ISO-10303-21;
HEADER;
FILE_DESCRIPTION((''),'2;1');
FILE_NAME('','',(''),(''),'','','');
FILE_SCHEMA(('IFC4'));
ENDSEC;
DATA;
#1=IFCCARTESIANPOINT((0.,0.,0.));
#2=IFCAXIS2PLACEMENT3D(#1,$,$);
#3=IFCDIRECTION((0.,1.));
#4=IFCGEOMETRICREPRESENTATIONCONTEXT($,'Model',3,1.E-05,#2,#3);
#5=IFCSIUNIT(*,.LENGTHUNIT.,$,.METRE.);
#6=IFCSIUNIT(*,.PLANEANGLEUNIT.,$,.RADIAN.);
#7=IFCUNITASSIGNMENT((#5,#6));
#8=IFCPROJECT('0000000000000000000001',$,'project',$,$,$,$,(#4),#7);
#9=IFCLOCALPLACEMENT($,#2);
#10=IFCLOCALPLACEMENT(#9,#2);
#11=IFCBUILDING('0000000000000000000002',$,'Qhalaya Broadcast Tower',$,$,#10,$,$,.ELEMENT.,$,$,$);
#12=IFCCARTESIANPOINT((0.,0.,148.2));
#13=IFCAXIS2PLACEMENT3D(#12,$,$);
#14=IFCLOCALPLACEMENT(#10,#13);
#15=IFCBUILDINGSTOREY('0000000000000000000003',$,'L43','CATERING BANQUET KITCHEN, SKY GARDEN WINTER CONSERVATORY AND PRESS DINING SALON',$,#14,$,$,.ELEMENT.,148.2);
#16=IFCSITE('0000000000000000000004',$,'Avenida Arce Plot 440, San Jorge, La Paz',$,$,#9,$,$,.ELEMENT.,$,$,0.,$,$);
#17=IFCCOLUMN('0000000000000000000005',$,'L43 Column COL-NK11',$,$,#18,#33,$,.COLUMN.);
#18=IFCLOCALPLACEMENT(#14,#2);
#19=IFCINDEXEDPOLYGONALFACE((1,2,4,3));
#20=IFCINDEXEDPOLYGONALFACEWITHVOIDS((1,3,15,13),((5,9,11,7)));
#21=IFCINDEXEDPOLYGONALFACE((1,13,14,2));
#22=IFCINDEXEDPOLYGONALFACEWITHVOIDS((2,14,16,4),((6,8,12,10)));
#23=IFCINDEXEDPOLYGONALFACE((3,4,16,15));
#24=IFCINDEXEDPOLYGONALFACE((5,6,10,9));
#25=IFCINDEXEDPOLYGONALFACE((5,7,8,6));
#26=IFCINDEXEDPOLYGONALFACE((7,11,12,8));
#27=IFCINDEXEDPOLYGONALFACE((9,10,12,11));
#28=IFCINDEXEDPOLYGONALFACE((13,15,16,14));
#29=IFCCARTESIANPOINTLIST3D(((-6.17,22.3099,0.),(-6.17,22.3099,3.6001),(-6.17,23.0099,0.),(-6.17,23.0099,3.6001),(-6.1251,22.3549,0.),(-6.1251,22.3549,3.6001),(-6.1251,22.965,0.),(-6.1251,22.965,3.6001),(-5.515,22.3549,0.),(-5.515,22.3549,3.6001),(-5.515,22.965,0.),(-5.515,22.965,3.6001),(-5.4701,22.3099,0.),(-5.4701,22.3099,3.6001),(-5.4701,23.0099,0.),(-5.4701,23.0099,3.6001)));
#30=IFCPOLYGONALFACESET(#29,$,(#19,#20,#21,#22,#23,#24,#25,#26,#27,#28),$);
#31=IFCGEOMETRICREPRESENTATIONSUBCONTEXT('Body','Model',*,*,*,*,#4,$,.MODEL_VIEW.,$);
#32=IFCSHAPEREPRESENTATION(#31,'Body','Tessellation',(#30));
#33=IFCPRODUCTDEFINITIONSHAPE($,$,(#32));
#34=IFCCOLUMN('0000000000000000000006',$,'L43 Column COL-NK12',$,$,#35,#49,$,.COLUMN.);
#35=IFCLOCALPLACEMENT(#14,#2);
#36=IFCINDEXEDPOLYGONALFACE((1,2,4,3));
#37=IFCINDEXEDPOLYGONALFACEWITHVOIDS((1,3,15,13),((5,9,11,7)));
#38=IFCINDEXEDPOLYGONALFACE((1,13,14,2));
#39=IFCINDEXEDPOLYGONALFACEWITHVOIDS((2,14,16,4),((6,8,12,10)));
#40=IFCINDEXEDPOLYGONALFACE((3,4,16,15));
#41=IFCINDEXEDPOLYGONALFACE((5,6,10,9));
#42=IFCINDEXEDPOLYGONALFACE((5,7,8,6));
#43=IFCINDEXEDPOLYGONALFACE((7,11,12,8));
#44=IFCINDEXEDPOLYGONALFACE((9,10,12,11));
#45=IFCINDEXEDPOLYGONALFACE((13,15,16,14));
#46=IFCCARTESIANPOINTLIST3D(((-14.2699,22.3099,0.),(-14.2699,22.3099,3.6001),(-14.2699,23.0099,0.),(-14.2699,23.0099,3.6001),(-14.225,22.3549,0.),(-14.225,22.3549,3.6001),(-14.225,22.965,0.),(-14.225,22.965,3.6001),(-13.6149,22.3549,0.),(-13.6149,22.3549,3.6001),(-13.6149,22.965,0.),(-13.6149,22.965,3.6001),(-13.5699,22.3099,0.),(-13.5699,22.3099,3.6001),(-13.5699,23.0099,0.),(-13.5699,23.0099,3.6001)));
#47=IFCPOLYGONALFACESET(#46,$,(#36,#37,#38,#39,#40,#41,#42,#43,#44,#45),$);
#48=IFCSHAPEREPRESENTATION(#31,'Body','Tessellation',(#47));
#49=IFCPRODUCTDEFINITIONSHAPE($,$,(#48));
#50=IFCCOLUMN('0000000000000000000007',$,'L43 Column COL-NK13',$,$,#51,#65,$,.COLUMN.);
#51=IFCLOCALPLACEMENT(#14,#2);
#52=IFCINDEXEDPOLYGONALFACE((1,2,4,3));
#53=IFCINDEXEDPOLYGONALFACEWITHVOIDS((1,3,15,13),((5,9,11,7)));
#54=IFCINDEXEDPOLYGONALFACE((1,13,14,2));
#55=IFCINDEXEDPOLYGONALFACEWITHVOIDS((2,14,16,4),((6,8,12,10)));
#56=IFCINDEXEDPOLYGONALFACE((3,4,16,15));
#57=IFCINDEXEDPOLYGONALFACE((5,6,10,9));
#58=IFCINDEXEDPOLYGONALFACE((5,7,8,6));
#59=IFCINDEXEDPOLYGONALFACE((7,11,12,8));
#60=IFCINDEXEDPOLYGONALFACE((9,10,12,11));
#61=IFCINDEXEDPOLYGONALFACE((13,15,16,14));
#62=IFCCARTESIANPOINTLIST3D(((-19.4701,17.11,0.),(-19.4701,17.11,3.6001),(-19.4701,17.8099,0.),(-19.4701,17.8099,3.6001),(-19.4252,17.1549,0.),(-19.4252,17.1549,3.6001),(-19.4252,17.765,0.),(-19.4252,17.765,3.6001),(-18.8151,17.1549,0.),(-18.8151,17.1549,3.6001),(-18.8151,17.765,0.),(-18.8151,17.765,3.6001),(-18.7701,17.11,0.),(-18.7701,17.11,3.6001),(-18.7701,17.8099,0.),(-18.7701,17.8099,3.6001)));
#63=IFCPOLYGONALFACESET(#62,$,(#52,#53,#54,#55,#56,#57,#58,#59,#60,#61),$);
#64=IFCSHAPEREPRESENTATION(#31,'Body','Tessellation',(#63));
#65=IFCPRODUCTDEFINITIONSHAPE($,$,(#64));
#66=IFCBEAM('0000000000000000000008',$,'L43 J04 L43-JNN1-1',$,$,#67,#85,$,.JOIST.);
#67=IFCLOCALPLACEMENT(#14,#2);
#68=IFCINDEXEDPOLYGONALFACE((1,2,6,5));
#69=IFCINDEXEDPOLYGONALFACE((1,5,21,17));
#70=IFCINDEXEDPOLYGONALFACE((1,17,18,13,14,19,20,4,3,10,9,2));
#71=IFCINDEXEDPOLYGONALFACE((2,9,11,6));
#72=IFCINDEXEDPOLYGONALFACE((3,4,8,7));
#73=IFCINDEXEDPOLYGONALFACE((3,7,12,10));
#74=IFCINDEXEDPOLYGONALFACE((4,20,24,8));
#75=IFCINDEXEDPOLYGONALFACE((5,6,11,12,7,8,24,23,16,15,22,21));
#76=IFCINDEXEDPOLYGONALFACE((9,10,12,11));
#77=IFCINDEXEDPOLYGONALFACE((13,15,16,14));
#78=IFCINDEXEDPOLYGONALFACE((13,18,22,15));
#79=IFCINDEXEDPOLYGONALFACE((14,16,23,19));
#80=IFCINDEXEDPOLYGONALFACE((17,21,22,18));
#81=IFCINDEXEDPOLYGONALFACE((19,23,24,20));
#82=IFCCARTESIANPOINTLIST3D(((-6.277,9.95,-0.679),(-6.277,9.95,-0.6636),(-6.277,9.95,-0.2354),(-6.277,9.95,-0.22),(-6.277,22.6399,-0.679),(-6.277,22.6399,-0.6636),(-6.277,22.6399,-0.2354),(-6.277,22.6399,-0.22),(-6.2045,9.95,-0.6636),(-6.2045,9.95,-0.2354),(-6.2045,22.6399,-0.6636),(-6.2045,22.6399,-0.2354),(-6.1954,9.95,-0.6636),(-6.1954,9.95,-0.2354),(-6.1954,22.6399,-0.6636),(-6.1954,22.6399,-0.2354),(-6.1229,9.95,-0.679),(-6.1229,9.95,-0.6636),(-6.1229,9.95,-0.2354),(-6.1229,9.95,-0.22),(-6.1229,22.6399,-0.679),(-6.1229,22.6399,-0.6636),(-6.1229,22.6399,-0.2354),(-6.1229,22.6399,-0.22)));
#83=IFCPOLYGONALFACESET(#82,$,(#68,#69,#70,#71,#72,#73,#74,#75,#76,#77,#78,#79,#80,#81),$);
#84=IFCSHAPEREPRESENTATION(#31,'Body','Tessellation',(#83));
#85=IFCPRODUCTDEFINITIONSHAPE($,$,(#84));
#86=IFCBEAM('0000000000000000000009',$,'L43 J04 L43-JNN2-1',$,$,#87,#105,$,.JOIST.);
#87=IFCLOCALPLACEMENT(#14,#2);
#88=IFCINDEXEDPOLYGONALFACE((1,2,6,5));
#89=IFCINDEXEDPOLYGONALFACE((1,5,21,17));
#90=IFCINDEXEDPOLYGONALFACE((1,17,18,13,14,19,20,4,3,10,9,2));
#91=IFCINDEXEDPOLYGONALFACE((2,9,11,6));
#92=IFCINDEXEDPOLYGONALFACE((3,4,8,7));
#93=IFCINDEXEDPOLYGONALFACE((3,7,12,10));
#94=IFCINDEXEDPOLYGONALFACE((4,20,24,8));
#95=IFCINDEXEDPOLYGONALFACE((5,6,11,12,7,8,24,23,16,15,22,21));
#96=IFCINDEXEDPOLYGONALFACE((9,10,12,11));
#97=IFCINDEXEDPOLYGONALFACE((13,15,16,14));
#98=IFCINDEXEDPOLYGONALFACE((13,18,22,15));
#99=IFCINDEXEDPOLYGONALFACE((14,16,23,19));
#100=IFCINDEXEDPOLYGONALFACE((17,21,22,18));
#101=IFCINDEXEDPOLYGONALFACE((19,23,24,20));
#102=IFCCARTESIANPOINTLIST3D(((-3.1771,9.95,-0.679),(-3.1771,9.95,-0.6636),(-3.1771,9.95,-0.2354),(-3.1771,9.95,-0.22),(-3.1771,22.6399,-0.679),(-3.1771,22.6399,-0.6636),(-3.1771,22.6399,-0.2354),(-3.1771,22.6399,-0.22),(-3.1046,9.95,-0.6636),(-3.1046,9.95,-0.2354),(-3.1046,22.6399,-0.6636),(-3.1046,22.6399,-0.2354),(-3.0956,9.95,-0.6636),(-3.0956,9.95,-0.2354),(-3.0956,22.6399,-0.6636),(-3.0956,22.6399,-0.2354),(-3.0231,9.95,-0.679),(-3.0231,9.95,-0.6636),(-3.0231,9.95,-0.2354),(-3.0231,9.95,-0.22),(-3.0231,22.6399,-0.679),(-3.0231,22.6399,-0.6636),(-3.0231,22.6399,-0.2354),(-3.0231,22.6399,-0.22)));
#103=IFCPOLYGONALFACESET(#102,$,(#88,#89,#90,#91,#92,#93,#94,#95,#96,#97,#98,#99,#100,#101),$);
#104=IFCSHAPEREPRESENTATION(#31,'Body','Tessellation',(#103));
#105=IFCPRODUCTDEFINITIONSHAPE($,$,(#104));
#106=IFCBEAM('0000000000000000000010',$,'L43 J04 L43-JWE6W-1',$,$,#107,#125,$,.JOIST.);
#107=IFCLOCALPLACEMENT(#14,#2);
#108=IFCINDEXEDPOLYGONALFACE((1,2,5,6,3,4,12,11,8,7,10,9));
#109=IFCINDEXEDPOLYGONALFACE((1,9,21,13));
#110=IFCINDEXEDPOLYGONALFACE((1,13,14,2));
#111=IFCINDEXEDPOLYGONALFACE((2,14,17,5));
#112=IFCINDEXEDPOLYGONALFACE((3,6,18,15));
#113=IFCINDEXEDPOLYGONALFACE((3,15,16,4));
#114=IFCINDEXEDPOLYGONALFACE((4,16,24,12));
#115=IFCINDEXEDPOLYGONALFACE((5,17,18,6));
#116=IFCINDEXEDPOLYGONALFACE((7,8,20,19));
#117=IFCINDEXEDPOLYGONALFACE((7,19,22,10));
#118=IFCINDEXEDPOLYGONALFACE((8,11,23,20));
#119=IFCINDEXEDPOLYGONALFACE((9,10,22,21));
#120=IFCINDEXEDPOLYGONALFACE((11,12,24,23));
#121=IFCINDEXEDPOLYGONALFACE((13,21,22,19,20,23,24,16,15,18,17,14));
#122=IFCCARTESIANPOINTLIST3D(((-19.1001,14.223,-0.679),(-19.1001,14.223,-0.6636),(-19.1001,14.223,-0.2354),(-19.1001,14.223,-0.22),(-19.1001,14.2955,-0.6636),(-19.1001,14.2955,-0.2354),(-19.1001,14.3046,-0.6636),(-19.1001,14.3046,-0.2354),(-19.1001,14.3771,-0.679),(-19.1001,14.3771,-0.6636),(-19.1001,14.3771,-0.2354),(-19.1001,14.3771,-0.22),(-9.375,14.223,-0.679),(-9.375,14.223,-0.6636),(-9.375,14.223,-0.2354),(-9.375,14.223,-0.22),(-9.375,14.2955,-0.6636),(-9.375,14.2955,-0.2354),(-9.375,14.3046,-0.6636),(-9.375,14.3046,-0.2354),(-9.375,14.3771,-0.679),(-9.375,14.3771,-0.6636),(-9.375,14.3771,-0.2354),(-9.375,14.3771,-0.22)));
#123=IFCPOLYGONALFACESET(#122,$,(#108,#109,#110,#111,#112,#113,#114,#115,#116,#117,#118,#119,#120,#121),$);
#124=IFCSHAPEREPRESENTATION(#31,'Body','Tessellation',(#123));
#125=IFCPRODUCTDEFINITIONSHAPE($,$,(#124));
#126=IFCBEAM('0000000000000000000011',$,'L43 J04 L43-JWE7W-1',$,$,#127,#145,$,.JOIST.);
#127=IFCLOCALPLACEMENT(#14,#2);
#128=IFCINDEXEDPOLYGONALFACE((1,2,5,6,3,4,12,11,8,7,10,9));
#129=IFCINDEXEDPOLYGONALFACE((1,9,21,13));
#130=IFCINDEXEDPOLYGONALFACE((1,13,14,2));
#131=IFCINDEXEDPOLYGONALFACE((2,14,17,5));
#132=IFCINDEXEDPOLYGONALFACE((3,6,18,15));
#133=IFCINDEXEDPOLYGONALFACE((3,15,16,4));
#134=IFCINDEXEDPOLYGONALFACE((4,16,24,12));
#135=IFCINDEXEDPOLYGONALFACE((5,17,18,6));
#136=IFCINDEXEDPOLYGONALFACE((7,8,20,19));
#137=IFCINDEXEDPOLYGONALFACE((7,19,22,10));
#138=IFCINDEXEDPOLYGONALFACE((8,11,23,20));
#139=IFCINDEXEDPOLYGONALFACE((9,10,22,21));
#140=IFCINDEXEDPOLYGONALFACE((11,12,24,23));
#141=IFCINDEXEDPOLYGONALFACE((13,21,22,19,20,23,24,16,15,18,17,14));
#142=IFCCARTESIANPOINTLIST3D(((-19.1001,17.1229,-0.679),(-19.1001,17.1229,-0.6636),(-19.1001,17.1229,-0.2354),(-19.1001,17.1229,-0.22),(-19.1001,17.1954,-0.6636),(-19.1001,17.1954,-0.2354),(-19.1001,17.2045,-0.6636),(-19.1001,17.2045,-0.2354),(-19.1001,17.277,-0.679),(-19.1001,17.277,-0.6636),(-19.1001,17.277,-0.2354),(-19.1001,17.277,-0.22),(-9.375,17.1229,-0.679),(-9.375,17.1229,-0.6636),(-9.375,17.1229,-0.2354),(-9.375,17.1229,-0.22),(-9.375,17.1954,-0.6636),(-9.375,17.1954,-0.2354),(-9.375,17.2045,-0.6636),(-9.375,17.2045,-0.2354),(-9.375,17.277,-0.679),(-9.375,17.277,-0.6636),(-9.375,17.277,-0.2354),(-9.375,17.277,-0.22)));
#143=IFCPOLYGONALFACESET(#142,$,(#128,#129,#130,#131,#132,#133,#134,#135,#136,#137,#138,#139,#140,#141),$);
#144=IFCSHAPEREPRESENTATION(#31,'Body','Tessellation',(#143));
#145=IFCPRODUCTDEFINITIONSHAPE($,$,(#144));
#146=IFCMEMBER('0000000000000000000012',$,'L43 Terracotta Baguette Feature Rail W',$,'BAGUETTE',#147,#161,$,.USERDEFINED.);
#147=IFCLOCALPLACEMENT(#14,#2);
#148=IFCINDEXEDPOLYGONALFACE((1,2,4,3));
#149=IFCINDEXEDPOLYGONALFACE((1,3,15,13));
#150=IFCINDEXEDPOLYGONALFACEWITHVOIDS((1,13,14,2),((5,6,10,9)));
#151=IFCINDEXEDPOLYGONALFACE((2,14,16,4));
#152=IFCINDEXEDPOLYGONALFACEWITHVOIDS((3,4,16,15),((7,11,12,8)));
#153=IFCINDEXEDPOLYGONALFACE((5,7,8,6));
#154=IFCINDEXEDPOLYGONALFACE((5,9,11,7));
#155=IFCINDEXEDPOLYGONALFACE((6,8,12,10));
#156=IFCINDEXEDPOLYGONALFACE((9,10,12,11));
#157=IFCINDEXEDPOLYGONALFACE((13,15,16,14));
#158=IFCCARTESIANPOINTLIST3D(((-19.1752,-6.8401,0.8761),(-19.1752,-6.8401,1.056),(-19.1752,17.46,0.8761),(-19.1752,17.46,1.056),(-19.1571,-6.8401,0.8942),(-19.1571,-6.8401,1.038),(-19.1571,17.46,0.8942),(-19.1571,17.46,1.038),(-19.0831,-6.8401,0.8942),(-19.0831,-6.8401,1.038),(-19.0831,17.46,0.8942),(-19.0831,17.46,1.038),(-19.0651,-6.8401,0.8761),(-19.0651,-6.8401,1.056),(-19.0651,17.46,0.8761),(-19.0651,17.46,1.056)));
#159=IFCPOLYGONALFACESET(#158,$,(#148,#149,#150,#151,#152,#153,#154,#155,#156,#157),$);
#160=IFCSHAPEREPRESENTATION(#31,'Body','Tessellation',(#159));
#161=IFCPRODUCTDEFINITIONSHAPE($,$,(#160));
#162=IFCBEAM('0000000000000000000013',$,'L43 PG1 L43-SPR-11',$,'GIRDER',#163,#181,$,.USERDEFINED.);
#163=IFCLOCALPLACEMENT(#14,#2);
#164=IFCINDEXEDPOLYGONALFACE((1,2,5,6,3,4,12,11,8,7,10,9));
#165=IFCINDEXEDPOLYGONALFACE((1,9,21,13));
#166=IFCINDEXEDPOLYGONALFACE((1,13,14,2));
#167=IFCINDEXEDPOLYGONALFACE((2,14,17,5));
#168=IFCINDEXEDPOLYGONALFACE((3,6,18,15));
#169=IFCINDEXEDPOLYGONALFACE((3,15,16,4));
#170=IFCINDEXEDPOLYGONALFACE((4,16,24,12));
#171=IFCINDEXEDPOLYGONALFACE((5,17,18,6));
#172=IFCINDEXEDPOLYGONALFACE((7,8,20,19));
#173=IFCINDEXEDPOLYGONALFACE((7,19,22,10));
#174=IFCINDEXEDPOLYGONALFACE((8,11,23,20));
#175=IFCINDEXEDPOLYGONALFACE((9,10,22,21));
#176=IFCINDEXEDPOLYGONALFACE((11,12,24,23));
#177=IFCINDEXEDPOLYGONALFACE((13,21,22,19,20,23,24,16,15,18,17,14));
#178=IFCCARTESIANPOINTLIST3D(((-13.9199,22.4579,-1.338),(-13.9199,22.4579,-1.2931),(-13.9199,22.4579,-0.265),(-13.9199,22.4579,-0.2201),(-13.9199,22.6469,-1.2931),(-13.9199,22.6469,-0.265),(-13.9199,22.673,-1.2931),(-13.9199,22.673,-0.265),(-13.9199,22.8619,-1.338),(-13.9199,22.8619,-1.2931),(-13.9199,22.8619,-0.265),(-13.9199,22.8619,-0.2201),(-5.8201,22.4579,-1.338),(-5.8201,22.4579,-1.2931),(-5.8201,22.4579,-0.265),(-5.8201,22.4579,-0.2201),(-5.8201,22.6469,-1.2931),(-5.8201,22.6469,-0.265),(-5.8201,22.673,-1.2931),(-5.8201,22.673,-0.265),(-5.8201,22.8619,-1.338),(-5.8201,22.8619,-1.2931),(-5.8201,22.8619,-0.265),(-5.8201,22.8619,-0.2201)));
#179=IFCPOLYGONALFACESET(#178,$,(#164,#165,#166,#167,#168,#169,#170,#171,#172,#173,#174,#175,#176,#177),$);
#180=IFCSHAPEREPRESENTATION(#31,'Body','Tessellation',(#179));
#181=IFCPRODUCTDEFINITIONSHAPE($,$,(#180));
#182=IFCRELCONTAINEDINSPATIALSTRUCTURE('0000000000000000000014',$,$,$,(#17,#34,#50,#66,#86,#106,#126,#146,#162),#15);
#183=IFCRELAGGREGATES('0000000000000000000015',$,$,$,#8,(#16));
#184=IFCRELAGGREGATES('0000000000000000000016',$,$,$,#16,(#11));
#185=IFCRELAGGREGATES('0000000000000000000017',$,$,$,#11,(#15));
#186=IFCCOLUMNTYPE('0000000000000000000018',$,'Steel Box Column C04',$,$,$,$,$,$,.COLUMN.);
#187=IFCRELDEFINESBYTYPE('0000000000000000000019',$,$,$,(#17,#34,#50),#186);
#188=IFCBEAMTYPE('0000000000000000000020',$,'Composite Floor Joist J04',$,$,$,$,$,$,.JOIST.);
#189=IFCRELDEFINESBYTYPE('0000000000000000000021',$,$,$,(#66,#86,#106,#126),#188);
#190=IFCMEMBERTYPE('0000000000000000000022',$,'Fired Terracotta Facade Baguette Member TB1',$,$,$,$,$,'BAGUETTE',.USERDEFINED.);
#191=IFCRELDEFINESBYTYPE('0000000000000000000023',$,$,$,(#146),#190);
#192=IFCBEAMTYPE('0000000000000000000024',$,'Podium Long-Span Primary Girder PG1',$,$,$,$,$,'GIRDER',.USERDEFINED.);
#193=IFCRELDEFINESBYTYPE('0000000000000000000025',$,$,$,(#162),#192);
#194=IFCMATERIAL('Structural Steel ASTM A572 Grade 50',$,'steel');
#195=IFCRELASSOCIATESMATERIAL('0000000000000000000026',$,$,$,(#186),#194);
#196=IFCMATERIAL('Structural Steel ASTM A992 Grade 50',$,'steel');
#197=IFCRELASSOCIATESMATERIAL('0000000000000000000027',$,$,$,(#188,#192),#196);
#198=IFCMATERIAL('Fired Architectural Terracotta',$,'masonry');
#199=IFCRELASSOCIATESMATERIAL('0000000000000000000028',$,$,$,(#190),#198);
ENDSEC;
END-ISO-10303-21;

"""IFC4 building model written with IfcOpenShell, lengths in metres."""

from ifc_helpers import new_model, si_unit, direction, frame, origin, origin_2d, place, context, subcontext, project, spatial, hollow_rectangle, i_section, extrude, material, material_profile, profile_set, type_object, element, save


model = new_model("IFC4")

# Units and contexts
model_context = context("Model", 3, precision=1e-05, world=origin(), true_north=direction((0.0, 1.0)))
body_context = subcontext(model_context, "Body", "Model", "MODEL_VIEW")
ifc_project = project(units=[si_unit("LENGTHUNIT", "METRE"), si_unit("PLANEANGLEUNIT", "RADIAN")], contexts=[model_context])

# Site, building, storey
site_placement = place(None, origin())
site = spatial("IfcSite", under=ifc_project, at=site_placement, Name="Avenida Arce Plot 440, San Jorge, La Paz", CompositionType="ELEMENT", RefElevation=0.0)
building_placement = place(site_placement, origin())
building = spatial("IfcBuilding", under=site, at=building_placement, Name="Qhalaya Broadcast Tower", CompositionType="ELEMENT")
storey_placement = place(building_placement, frame((0.0, 0.0, 148.2)))
storey = spatial("IfcBuildingStorey", under=building, at=storey_placement, Name="L43", Description="CATERING BANQUET KITCHEN, SKY GARDEN WINTER CONSERVATORY AND PRESS DINING SALON", CompositionType="ELEMENT", Elevation=148.2)

# Columns
ifc_material_1 = material(Name="Structural Steel ASTM A572 Grade 50", Category="steel")
ifc_material_profile_1 = material_profile(ifc_material_1, hollow_rectangle(XDim=0.7, YDim=0.7, WallThickness=0.0449, at=origin_2d()), Name="BOX 700x700x45")
ifc_profile_set_1 = profile_set([ifc_material_profile_1], Name="Structural Steel ASTM A572 Grade 50")
column_type = type_object("IfcColumnType", Name="Steel Box Column C04", PredefinedType="COLUMN", material=ifc_profile_set_1)
for number, where, z_axis, x_axis, name in (
    (1, (-5.8201, 22.6599, 0.0), (0.0, 0.0, 1.0), (1.0, 0.0, 0.0), "L43 Column COL-NK11"),
    (2, (-13.9199, 22.6599, 0.0), (0.0, 0.0, 1.0), (1.0, 0.0, 0.0), "L43 Column COL-NK12"),
    (3, (-19.1201, 17.46, 0.0), (0.0, 0.0, 1.0), (0.0, 1.0, 0.0), "L43 Column COL-NK13"),
):
    element("IfcColumn", number, at=place(storey_placement, frame(where, z_axis=z_axis, x_axis=x_axis)), inside=storey, type_object=column_type, Name=name, PredefinedType="COLUMN", context=body_context, shape_type="SweptSolid", body=[
        extrude(hollow_rectangle(XDim=0.7, YDim=0.7, WallThickness=0.0449, at=origin_2d()), origin(), (0.0, 0.0, 1.0), 3.6001),
    ])

# Beams
ifc_material_2 = material(Name="Structural Steel ASTM A992 Grade 50", Category="steel")
ifc_material_profile_2 = material_profile(ifc_material_2, i_section(OverallWidth=0.1541, OverallDepth=0.459, WebThickness=0.009, FlangeThickness=0.0154, at=origin_2d()), Name="W18X46")
ifc_profile_set_2 = profile_set([ifc_material_profile_2], Name="Structural Steel ASTM A992 Grade 50")
beam_type_1 = type_object("IfcBeamType", Name="Composite Floor Joist J04", PredefinedType="JOIST", material=ifc_profile_set_2)
for number, where, z_axis, x_axis, name in (
    (4, (-6.2, 9.95, -0.4495), (0.0, 1.0, 0.0), (-1.0, 0.0, 0.0), "L43 J04 L43-JNN1-1"),
    (5, (-3.1001, 9.95, -0.4495), (0.0, 1.0, 0.0), (-1.0, 0.0, 0.0), "L43 J04 L43-JNN2-1"),
):
    element("IfcBeam", number, at=place(storey_placement, frame(where, z_axis=z_axis, x_axis=x_axis)), inside=storey, type_object=beam_type_1, Name=name, PredefinedType="JOIST", context=body_context, shape_type="SweptSolid", body=[
        extrude(i_section(OverallWidth=0.1541, OverallDepth=0.459, WebThickness=0.009, FlangeThickness=0.0154, at=origin_2d()), origin(), (0.0, 0.0, 1.0), 12.6899),
    ])
for number, where, z_axis, x_axis, name in (
    (6, (-19.1001, 14.3, -0.4495), (1.0, 0.0, 0.0), (0.0, 1.0, 0.0), "L43 J04 L43-JWE6W-1"),
    (7, (-19.1001, 17.2, -0.4495), (1.0, 0.0, 0.0), (0.0, 1.0, 0.0), "L43 J04 L43-JWE7W-1"),
):
    element("IfcBeam", number, at=place(storey_placement, frame(where, z_axis=z_axis, x_axis=x_axis)), inside=storey, type_object=beam_type_1, Name=name, PredefinedType="JOIST", context=body_context, shape_type="SweptSolid", body=[
        extrude(i_section(OverallWidth=0.1541, OverallDepth=0.459, WebThickness=0.009, FlangeThickness=0.0154, at=origin_2d()), origin(), (0.0, 0.0, 1.0), 9.7251),
    ])

# Member
ifc_material_3 = material(Name="Fired Architectural Terracotta", Category="masonry")
ifc_material_profile_3 = material_profile(ifc_material_3, hollow_rectangle(XDim=0.1101, YDim=0.1799, WallThickness=0.0181, at=origin_2d()), Name="TB-BAG 110x180x18")
ifc_profile_set_3 = profile_set([ifc_material_profile_3], Name="Fired Architectural Terracotta")
member_type_1 = type_object("IfcMemberType", Name="Fired Terracotta Facade Baguette Member TB1", ElementType="BAGUETTE", PredefinedType="USERDEFINED", material=ifc_profile_set_3)
member_1_placement = place(storey_placement, frame((-19.1201, 17.46, 0.9661), z_axis=(0.0, -1.0, 0.0), x_axis=(1.0, 0.0, 0.0)))
element("IfcMember", 8, at=member_1_placement, inside=storey, type_object=member_type_1, Name="L43 Terracotta Baguette Feature Rail W", ObjectType="BAGUETTE", PredefinedType="USERDEFINED", context=body_context, shape_type="SweptSolid", body=[
    extrude(hollow_rectangle(XDim=0.1101, YDim=0.1799, WallThickness=0.0181, at=origin_2d()), origin(), (0.0, 0.0, 1.0), 24.3),
])

# Beam
ifc_material_profile_4 = material_profile(ifc_material_2, i_section(OverallWidth=0.4041, OverallDepth=1.1179, WebThickness=0.0261, FlangeThickness=0.0449, at=origin_2d()), Name="W44X335")
ifc_profile_set_4 = profile_set([ifc_material_profile_4], Name="Structural Steel ASTM A992 Grade 50")
beam_type_2 = type_object("IfcBeamType", Name="Podium Long-Span Primary Girder PG1", ElementType="GIRDER", PredefinedType="USERDEFINED", material=ifc_profile_set_4)
beam_1_placement = place(storey_placement, frame((-5.8201, 22.6599, -0.7791), z_axis=(-1.0, 0.0, 0.0), x_axis=(0.0, -1.0, 0.0)))
element("IfcBeam", 9, at=beam_1_placement, inside=storey, type_object=beam_type_2, Name="L43 PG1 L43-SPR-11", ObjectType="GIRDER", PredefinedType="USERDEFINED", context=body_context, shape_type="SweptSolid", body=[
    extrude(i_section(OverallWidth=0.4041, OverallDepth=1.1179, WebThickness=0.0261, FlangeThickness=0.0449, at=origin_2d()), origin(), (0.0, 0.0, 1.0), 8.0999),
])

save(model, "model.ifc")
